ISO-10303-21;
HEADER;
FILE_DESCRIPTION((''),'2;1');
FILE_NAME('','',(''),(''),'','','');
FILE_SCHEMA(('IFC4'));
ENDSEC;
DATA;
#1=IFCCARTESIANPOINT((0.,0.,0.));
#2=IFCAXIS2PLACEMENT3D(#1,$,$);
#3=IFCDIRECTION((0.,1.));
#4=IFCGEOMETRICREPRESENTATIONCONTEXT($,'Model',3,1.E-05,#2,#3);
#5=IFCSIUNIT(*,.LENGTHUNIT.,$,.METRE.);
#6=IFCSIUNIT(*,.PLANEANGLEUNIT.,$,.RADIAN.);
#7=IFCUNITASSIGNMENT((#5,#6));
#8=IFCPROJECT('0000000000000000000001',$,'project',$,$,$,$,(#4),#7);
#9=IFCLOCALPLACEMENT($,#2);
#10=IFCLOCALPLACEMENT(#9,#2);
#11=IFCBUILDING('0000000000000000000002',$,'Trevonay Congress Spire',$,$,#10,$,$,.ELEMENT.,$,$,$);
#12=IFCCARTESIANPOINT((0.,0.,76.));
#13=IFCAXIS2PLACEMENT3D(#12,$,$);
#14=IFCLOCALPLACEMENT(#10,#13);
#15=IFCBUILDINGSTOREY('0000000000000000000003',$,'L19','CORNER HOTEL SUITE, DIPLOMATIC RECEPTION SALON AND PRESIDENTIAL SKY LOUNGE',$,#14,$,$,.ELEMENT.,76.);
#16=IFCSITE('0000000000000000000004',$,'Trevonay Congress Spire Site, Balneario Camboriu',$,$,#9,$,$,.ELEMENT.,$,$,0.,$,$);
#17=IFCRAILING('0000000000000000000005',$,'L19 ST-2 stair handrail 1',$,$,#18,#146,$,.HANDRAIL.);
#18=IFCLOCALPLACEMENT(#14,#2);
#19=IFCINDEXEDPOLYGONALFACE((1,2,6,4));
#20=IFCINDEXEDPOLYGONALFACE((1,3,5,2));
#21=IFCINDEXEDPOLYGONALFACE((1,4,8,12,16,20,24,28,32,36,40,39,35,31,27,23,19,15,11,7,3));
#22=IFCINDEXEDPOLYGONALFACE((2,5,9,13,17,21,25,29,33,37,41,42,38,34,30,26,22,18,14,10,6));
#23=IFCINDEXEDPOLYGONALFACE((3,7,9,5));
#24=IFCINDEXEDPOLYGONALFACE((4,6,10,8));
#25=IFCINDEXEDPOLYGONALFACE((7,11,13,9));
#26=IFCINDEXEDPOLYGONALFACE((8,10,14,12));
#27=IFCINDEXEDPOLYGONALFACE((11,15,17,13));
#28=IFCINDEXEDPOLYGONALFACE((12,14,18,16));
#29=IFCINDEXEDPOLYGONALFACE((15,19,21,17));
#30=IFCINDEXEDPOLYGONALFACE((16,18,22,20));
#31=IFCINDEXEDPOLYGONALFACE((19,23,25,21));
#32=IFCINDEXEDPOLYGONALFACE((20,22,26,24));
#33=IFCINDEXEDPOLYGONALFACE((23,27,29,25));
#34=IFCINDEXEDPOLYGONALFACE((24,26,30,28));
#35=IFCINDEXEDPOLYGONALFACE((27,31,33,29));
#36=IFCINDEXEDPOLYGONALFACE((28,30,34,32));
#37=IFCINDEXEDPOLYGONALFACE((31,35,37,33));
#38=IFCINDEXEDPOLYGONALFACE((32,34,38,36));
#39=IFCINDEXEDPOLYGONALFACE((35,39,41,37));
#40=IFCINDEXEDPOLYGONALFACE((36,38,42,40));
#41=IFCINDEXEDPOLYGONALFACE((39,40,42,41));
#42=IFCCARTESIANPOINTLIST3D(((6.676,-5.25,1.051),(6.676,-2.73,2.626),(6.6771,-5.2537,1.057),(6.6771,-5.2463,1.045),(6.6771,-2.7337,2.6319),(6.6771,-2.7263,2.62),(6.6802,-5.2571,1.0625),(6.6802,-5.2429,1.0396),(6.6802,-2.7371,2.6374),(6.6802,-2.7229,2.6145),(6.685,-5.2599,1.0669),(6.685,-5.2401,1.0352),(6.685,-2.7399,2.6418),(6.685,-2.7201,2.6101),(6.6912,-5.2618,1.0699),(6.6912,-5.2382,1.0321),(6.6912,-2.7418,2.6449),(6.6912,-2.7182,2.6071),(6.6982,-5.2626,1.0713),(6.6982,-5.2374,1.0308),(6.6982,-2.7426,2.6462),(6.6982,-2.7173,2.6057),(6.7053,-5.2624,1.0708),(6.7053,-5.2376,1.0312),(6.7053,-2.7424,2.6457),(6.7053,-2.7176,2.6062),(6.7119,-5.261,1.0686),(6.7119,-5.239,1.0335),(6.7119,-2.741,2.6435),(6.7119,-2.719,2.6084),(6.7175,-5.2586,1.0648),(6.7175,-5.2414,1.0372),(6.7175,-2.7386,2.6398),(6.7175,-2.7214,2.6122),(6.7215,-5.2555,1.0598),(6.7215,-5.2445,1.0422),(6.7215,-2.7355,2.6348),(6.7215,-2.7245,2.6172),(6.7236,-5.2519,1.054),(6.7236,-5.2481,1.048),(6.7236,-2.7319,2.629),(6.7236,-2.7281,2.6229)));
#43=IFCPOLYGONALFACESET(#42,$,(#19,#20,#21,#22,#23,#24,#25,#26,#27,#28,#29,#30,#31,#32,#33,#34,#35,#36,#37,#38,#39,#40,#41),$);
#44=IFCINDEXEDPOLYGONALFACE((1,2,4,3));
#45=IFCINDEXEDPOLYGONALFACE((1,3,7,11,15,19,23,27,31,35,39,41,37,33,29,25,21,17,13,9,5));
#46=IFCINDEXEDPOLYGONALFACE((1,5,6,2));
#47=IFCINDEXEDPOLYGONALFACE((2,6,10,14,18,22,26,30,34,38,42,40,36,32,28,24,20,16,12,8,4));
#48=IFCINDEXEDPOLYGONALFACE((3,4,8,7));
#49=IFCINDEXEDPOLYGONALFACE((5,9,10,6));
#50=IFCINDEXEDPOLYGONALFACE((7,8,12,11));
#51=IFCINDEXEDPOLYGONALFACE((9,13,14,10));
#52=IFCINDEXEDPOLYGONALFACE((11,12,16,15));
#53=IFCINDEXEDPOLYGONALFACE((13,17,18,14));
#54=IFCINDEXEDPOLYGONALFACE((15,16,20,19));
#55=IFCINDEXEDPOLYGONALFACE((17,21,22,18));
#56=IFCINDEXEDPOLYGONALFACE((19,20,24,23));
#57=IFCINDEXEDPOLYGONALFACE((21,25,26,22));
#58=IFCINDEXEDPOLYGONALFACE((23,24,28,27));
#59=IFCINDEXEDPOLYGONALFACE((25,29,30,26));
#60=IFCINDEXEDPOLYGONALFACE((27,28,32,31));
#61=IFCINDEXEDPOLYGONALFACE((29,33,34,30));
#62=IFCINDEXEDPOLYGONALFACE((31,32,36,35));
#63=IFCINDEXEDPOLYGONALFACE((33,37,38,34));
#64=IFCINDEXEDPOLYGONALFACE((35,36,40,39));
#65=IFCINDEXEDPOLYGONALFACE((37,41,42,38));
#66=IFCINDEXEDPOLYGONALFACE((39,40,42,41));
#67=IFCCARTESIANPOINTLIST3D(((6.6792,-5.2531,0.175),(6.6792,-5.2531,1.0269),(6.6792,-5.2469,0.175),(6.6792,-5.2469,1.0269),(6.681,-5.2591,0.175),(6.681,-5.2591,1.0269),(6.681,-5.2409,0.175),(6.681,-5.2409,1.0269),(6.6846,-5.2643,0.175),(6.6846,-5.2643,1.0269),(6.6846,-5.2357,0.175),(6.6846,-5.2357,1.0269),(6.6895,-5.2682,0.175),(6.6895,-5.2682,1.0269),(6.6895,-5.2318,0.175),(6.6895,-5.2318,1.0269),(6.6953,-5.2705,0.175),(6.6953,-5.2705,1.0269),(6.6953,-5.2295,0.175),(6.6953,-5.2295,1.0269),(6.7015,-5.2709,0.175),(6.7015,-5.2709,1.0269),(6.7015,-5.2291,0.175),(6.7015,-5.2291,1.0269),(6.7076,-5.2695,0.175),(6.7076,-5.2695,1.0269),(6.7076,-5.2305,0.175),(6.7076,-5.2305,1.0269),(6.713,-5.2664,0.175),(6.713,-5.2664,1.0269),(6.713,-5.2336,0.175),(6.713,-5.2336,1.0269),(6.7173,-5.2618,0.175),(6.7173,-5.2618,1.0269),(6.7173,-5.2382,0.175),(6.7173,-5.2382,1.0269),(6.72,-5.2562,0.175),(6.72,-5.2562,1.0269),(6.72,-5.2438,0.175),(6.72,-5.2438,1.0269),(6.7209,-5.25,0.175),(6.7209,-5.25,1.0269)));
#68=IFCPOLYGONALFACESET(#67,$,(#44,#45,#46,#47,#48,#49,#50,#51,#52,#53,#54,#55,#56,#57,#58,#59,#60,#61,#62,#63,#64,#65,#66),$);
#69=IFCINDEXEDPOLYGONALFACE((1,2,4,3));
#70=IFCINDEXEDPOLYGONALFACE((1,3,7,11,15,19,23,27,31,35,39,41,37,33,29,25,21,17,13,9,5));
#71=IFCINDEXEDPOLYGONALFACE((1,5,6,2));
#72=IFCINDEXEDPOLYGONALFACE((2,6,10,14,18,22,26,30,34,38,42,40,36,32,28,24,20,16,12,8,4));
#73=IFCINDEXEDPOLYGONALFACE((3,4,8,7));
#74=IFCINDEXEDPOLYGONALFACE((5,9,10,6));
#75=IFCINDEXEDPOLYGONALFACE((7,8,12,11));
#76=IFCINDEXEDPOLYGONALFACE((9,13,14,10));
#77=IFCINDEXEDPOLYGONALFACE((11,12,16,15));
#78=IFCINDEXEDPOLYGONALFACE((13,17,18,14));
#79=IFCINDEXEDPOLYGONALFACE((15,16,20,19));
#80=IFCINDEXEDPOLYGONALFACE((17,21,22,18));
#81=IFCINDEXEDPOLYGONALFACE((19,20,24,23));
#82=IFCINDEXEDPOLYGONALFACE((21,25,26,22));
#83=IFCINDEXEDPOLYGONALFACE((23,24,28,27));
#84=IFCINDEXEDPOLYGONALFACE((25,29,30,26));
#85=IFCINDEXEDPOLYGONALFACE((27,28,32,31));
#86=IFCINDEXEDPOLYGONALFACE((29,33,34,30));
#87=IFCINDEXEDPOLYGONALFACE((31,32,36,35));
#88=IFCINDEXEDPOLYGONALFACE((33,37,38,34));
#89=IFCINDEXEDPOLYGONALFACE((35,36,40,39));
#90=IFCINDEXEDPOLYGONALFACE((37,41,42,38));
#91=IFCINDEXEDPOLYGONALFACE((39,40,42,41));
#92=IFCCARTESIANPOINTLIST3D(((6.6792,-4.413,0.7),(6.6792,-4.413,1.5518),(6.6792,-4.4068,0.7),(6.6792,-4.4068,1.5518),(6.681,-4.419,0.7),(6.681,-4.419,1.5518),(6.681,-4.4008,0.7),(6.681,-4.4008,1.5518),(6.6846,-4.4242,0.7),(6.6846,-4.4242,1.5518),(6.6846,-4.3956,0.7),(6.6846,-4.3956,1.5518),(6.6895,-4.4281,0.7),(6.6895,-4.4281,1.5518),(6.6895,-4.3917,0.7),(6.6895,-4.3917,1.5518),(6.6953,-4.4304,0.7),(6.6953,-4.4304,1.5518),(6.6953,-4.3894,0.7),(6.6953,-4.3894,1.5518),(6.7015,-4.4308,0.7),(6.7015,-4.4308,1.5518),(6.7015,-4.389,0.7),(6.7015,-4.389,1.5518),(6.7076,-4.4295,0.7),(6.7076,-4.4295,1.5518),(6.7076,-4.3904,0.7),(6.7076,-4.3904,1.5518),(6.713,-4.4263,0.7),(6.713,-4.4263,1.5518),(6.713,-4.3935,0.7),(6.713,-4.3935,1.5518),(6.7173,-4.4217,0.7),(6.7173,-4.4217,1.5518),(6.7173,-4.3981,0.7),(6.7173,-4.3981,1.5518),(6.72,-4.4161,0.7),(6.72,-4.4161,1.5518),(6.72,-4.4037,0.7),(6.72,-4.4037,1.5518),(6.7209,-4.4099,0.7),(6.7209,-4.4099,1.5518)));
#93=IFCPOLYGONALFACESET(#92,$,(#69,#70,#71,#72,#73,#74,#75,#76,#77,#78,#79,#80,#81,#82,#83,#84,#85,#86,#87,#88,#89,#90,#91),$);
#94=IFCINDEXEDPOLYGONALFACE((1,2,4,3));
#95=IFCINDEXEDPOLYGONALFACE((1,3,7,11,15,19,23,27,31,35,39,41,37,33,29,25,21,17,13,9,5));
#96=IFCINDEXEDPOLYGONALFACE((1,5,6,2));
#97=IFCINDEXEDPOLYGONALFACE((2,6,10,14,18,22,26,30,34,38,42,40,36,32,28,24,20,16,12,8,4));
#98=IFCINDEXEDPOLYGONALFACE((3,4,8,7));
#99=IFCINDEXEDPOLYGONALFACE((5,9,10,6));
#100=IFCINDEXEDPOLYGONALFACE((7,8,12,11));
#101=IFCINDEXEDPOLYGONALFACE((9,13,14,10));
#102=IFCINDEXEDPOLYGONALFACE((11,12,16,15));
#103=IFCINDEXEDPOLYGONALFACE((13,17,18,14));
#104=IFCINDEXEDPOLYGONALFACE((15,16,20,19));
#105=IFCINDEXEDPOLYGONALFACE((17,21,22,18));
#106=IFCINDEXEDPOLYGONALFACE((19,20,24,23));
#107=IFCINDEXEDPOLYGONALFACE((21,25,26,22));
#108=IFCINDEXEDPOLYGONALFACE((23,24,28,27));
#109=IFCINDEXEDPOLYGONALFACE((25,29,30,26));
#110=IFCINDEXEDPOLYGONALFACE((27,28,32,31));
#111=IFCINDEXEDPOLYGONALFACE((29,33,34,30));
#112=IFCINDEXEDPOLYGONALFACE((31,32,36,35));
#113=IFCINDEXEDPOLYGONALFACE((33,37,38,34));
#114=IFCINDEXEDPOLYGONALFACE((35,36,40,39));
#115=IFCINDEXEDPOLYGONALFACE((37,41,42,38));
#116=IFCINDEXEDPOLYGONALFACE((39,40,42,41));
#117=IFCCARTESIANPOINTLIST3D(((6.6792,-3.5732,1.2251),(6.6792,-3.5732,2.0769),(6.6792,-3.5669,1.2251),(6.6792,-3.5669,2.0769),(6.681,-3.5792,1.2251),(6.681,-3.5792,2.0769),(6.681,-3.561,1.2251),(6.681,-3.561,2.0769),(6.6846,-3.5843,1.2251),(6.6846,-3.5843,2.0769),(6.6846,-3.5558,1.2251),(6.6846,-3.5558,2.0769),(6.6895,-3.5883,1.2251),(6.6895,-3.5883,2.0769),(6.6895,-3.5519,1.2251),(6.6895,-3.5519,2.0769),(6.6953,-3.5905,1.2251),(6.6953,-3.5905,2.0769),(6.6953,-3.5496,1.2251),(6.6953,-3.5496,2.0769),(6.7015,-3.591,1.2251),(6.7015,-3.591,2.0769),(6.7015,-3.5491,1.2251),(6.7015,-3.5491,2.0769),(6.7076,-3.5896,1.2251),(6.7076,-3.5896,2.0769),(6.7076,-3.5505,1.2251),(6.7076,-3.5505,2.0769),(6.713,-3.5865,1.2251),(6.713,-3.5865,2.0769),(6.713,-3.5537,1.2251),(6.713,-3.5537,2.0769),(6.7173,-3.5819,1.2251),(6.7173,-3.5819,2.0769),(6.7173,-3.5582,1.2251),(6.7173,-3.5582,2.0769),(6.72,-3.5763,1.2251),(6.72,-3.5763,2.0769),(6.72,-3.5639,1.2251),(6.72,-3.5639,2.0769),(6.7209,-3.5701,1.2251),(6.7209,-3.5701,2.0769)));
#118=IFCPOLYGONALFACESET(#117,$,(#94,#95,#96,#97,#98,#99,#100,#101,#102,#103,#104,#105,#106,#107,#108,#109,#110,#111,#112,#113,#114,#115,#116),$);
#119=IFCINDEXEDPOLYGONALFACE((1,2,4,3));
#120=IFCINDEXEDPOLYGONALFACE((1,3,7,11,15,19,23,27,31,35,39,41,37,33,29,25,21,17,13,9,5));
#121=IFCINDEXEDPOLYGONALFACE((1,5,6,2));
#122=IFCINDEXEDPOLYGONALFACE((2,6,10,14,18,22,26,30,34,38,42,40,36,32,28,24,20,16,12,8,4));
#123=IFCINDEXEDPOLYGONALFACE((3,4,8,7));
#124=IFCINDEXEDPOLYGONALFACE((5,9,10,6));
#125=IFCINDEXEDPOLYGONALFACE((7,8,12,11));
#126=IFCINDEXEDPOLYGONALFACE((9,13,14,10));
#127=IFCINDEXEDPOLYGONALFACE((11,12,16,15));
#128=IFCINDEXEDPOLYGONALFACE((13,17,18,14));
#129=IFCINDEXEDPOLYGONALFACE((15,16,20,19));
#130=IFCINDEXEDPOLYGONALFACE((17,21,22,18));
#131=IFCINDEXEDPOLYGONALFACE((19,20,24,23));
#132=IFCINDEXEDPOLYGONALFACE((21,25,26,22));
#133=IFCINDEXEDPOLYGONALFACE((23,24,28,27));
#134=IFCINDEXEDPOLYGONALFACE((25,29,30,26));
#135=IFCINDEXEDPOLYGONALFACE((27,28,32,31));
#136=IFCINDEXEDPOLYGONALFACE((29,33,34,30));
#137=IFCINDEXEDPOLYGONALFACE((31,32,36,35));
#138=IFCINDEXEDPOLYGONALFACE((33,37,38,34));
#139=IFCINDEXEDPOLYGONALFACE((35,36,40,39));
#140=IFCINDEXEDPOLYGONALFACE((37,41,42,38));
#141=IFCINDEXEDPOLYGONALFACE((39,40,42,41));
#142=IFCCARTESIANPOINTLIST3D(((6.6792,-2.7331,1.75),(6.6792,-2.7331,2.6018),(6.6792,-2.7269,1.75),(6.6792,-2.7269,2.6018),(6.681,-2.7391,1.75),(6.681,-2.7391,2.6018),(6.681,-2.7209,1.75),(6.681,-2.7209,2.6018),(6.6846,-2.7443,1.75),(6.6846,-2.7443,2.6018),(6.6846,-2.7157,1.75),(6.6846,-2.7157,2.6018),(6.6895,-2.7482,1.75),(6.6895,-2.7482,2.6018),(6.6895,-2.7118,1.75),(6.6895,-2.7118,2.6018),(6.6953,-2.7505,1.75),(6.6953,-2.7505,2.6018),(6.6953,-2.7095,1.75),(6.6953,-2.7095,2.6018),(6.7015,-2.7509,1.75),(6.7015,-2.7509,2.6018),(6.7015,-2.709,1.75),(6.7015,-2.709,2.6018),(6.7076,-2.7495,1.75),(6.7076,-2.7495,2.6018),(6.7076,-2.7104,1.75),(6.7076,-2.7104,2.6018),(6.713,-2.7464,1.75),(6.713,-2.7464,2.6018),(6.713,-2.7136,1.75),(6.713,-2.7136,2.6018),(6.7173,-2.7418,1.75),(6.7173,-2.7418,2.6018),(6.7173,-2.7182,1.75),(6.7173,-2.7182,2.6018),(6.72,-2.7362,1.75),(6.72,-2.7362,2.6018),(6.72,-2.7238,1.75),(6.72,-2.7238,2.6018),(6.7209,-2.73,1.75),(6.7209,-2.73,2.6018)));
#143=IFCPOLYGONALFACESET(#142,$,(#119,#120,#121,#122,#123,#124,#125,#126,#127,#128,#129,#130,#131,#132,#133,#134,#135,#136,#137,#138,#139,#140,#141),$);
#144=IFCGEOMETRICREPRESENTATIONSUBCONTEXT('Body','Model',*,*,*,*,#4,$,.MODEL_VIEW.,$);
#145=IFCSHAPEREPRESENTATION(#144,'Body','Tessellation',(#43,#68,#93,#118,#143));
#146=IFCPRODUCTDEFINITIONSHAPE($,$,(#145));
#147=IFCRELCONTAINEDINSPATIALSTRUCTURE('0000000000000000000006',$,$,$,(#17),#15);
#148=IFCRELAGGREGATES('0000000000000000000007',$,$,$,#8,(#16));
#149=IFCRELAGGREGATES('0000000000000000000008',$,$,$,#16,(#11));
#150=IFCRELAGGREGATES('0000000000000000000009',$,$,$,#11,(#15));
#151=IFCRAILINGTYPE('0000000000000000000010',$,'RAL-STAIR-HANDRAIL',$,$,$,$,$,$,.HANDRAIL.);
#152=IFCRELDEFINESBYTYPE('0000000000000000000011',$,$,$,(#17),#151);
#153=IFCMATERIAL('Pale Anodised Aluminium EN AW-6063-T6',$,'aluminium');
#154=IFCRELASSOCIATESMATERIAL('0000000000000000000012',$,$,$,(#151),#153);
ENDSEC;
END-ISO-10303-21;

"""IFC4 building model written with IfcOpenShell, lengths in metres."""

from ifc_helpers import new_model, si_unit, direction, frame, origin, origin_2d, place, context, subcontext, project, spatial, circle, extrude, material, type_object, element, save


model = new_model("IFC4")

# Units and contexts
model_context = context("Model", 3, precision=1e-05, world=origin(), true_north=direction((0.0, 1.0)))
body_context = subcontext(model_context, "Body", "Model", "MODEL_VIEW")
ifc_project = project(units=[si_unit("LENGTHUNIT", "METRE"), si_unit("PLANEANGLEUNIT", "RADIAN")], contexts=[model_context])

# Site, building, storey
site_placement = place(None, origin())
site = spatial("IfcSite", under=ifc_project, at=site_placement, Name="Trevonay Congress Spire Site, Balneario Camboriu", CompositionType="ELEMENT", RefElevation=0.0)
building_placement = place(site_placement, origin())
building = spatial("IfcBuilding", under=site, at=building_placement, Name="Trevonay Congress Spire", CompositionType="ELEMENT")
storey_placement = place(building_placement, frame((0.0, 0.0, 76.0)))
storey = spatial("IfcBuildingStorey", under=building, at=storey_placement, Name="L19", Description="CORNER HOTEL SUITE, DIPLOMATIC RECEPTION SALON AND PRESIDENTIAL SKY LOUNGE", CompositionType="ELEMENT", Elevation=76.0)

# Railing
ifc_material_1 = material(Name="Pale Anodised Aluminium EN AW-6063-T6", Category="aluminium")
railing_type_1 = type_object("IfcRailingType", Name="RAL-STAIR-HANDRAIL", PredefinedType="HANDRAIL", material=ifc_material_1)
railing_1_placement = place(storey_placement, frame((6.7, -5.25, 0.175)))
element("IfcRailing", 1, at=railing_1_placement, inside=storey, type_object=railing_type_1, Name="L19 ST-2 stair handrail 1", PredefinedType="HANDRAIL", context=body_context, shape_type="SweptSolid", body=[
    extrude(circle(Radius=0.0239, at=origin_2d()), frame((0.0, 0.0, 0.876), z_axis=(0.0, 0.848008, 0.529984), x_axis=(-1.0, 0.0, 0.0)), (0.0, 0.0, 1.0), 2.9717),
    extrude(circle(Radius=0.021, at=origin_2d()), origin(), (0.0, 0.0, 1.0), 0.8518),
    extrude(circle(Radius=0.021, at=origin_2d()), frame((0.0, 0.8401, 0.5249)), (0.0, 0.0, 1.0), 0.8518),
    extrude(circle(Radius=0.021, at=origin_2d()), frame((0.0, 1.6799, 1.05)), (0.0, 0.0, 1.0), 0.8518),
    extrude(circle(Radius=0.021, at=origin_2d()), frame((0.0, 2.52, 1.575)), (0.0, 0.0, 1.0), 0.8518),
])

save(model, "model.ifc")
